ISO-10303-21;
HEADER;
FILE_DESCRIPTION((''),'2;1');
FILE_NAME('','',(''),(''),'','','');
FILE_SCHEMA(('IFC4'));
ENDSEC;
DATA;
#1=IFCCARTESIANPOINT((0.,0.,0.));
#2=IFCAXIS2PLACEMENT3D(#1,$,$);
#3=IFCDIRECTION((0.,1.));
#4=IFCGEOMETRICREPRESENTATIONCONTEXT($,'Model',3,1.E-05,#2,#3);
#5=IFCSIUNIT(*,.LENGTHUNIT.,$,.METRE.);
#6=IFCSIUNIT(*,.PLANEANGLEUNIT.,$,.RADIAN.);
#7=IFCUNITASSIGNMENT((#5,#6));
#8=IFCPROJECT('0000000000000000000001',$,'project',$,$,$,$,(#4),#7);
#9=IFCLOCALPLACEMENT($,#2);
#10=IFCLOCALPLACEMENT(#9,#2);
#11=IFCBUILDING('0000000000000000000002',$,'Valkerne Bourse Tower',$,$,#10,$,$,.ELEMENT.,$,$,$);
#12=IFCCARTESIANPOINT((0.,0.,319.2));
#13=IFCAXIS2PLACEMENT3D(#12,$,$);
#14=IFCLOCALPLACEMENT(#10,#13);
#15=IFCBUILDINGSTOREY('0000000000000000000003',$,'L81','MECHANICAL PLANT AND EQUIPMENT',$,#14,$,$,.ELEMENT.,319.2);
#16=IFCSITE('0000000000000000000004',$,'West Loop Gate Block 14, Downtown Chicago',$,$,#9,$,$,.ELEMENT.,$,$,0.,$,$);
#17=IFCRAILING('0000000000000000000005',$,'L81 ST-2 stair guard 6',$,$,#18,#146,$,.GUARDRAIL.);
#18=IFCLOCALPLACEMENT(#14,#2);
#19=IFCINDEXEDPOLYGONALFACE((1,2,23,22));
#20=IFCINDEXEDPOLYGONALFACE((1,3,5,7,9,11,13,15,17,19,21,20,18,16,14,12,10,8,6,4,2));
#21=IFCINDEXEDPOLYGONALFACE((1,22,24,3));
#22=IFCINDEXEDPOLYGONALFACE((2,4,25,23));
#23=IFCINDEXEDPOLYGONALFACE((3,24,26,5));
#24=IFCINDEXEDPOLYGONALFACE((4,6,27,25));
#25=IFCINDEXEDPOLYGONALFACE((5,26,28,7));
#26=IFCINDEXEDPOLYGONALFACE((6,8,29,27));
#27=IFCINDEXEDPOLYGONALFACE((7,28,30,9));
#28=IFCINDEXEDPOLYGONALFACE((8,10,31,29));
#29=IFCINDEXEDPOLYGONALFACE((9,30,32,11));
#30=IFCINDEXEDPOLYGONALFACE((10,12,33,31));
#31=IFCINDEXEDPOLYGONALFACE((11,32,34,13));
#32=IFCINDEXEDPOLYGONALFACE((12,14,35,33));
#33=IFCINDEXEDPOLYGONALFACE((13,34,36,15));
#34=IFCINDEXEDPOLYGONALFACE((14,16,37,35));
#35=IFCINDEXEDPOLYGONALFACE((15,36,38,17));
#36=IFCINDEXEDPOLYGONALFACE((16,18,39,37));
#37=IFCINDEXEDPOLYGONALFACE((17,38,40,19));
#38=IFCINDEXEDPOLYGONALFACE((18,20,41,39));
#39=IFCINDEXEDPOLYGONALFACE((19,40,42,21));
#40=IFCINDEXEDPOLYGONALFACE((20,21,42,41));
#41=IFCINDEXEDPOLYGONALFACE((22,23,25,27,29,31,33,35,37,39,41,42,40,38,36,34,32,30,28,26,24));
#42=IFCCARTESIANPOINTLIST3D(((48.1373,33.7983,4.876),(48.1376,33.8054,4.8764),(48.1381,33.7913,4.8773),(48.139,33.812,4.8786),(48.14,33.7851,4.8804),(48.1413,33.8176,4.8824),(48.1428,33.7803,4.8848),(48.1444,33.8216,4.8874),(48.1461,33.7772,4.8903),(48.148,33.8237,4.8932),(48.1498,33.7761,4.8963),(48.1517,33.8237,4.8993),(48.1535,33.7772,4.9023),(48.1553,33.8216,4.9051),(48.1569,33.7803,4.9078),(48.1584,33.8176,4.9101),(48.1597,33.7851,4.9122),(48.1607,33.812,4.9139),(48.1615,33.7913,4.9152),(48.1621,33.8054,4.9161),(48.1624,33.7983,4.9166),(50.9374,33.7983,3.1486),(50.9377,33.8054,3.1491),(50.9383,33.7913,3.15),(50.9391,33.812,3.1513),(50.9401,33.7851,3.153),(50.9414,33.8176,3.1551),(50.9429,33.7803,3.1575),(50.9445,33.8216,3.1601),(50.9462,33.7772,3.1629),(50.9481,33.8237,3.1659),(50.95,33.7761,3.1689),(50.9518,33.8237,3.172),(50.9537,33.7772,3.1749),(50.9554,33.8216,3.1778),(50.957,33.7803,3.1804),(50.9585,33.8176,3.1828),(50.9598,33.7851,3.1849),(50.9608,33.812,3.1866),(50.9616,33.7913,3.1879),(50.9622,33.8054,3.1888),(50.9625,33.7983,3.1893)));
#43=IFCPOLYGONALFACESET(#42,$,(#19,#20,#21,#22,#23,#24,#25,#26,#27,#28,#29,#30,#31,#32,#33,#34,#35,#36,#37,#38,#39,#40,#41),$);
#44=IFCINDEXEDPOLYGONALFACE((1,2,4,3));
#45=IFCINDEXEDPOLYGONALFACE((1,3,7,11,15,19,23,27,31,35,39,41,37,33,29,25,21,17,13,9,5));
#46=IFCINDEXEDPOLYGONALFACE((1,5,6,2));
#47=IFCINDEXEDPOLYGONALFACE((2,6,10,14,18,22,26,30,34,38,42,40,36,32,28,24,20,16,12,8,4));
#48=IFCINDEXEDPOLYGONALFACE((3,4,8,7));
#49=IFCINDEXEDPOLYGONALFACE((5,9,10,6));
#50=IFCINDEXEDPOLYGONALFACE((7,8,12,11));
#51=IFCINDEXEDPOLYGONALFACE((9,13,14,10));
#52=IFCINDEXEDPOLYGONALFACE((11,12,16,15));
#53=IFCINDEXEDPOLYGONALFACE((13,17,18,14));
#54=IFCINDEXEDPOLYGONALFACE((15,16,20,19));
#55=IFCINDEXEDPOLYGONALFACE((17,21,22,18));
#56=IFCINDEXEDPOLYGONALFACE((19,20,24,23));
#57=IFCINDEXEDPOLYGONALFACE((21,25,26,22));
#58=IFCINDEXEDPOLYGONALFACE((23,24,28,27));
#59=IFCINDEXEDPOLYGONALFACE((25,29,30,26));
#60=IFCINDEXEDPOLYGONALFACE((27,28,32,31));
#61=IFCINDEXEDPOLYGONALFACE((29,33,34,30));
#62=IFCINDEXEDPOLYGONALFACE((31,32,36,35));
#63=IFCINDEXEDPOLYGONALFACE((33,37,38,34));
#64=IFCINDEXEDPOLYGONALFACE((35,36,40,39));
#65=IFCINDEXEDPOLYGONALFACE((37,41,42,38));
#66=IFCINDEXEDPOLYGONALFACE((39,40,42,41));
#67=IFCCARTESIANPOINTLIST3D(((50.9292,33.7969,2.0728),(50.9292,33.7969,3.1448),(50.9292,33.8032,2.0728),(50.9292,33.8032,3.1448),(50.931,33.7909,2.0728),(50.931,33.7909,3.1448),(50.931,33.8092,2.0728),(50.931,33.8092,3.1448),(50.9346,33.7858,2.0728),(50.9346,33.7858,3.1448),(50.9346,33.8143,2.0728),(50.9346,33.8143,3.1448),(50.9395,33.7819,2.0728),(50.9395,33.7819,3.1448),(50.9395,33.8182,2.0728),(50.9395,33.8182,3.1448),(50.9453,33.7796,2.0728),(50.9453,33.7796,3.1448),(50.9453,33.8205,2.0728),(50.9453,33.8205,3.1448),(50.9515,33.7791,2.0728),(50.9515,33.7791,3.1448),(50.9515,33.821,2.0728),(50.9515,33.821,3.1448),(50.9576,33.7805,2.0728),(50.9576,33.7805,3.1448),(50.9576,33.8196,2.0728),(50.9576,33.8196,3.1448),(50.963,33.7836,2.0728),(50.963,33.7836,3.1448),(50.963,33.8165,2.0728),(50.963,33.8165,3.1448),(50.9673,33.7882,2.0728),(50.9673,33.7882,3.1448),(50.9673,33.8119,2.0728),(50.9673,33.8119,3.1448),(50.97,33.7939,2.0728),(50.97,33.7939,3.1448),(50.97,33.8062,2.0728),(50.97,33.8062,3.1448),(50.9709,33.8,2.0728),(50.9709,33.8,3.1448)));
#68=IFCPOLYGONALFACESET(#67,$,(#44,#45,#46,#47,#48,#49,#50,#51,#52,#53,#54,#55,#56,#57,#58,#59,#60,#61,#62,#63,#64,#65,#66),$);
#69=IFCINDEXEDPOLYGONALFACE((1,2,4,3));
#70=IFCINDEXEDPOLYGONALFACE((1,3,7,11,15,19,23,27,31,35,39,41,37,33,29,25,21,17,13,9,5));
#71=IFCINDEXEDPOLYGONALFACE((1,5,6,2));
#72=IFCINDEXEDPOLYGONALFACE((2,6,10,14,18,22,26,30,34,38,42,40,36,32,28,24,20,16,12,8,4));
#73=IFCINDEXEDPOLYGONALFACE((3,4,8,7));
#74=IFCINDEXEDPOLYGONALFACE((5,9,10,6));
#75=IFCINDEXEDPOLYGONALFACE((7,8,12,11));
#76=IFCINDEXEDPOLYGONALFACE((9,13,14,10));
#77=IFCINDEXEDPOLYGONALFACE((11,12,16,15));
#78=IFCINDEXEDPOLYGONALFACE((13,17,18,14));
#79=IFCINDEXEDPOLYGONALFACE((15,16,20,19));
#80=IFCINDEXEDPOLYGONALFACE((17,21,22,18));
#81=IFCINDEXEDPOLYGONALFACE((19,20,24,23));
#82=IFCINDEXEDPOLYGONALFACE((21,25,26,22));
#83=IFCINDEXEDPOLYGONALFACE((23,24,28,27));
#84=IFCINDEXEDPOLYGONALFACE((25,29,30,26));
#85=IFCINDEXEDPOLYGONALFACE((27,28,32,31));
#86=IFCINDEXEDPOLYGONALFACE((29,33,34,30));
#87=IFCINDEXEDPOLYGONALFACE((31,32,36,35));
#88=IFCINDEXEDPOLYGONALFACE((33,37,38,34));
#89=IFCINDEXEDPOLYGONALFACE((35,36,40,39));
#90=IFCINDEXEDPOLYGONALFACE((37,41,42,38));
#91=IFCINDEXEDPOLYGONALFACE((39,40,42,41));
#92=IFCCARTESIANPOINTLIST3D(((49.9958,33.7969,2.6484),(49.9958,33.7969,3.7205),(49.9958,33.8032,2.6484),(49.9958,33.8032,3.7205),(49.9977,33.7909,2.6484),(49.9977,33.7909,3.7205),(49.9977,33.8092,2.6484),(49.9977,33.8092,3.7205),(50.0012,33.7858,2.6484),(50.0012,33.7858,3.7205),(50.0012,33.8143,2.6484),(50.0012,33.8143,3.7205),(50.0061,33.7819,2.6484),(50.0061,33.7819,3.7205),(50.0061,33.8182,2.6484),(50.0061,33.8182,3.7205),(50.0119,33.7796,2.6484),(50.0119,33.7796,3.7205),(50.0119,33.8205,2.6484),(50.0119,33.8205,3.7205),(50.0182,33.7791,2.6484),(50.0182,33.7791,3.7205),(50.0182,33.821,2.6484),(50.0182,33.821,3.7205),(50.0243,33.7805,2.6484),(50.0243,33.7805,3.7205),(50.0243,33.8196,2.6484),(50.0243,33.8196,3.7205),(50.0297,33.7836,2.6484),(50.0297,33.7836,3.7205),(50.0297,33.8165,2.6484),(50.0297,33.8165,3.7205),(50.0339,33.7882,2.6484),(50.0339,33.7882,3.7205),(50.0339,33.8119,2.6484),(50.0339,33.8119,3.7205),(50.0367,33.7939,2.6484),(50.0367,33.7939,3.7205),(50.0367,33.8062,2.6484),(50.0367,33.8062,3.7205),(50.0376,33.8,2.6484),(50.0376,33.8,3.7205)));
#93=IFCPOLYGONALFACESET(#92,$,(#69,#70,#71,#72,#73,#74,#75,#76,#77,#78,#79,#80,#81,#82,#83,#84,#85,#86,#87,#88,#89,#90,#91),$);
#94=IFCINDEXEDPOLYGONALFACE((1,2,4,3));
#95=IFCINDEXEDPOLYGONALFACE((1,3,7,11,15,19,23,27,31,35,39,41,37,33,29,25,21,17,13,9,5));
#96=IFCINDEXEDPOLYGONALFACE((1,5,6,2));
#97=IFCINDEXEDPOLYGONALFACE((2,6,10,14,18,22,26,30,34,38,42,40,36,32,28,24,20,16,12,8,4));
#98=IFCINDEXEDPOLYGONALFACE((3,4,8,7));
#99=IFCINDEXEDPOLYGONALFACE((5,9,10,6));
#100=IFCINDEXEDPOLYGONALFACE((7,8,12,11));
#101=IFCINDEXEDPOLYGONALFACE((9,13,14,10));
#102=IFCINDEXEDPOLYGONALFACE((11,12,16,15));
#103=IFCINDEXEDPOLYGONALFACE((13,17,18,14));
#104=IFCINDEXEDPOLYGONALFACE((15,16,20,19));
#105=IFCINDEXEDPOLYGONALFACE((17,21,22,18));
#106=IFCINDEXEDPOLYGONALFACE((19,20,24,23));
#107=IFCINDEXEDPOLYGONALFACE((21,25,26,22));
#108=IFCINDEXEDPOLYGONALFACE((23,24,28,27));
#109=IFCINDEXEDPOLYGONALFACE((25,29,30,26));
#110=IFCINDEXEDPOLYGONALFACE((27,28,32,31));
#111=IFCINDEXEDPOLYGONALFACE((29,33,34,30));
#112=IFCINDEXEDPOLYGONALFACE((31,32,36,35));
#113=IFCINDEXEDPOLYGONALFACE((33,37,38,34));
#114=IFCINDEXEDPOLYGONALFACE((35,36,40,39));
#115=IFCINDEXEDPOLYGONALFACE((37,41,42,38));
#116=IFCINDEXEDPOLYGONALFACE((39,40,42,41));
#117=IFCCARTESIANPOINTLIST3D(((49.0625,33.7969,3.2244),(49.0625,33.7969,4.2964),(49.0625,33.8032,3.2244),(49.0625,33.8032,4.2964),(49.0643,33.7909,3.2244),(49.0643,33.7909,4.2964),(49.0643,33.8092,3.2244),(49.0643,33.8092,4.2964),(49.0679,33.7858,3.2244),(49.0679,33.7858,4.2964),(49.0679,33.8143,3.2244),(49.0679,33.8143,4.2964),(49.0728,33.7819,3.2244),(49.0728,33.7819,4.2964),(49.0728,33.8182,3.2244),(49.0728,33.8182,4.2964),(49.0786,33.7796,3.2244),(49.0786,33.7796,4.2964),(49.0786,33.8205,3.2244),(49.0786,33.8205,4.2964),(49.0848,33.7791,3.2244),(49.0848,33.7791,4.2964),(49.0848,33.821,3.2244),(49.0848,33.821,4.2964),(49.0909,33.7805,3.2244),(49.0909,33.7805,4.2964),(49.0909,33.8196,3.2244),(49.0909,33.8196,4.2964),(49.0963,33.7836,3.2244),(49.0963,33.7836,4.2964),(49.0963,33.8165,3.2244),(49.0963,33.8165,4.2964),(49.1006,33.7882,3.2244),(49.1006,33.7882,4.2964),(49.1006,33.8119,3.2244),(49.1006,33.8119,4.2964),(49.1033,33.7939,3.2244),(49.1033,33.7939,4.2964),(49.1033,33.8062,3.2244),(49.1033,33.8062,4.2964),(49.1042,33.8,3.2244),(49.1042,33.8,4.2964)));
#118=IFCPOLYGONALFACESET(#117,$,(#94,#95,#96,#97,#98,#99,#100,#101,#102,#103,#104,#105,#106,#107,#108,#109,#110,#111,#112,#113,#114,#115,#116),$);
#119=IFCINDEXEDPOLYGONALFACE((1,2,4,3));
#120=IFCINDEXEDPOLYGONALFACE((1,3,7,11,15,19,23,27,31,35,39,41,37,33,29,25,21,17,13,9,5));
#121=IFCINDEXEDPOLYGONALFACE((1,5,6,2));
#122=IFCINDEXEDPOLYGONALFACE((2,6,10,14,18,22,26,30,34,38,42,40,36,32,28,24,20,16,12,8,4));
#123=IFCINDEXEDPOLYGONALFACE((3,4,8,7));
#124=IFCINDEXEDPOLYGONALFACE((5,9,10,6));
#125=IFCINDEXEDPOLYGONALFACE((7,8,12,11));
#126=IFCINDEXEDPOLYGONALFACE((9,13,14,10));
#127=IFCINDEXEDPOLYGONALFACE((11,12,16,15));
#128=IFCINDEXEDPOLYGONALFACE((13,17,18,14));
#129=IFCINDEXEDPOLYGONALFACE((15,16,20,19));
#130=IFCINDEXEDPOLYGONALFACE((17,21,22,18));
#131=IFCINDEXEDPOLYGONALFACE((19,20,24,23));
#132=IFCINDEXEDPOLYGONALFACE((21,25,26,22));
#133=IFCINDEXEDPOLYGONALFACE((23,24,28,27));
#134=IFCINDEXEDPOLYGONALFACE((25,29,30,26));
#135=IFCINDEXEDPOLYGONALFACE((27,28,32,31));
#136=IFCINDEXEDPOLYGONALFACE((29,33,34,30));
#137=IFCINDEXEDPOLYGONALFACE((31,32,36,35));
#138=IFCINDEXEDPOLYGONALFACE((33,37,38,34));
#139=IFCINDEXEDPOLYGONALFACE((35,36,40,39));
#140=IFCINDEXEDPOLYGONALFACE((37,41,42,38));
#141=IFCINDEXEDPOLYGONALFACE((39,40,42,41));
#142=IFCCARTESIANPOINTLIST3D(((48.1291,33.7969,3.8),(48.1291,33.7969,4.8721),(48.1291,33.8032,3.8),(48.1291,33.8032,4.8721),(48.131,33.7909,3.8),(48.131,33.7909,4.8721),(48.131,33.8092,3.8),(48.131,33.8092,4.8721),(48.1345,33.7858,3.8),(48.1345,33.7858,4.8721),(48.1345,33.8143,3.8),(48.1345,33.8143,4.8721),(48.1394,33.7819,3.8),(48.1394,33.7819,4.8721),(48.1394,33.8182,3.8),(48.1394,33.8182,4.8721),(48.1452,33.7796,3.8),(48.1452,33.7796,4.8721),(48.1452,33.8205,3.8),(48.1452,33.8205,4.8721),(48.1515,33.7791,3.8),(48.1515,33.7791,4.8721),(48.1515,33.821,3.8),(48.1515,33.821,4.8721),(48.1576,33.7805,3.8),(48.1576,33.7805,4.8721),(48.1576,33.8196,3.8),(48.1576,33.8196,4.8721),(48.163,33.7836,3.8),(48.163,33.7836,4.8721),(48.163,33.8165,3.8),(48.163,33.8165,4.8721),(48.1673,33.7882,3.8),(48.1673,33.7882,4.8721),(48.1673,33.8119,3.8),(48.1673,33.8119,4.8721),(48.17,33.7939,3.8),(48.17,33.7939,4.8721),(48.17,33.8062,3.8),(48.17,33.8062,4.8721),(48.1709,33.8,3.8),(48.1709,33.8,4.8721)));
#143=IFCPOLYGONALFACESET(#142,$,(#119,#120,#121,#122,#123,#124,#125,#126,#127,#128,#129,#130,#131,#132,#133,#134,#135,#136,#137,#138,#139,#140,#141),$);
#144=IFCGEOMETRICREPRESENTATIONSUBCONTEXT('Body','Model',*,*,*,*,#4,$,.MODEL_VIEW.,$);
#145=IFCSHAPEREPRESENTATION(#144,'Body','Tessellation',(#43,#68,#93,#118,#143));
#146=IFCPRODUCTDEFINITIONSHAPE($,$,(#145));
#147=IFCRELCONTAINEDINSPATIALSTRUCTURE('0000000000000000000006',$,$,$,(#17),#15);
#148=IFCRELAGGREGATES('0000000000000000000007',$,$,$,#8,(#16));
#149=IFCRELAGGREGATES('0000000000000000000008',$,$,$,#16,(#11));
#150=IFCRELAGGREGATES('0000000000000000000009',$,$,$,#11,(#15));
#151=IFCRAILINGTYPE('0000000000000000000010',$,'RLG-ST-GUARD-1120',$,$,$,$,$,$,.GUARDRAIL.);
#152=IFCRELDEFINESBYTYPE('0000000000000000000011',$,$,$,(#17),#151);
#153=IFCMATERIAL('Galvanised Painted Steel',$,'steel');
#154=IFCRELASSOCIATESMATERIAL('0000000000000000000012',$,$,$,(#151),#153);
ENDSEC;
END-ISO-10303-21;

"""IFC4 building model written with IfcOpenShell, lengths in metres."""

from ifc_helpers import new_model, si_unit, direction, frame, origin, origin_2d, place, context, subcontext, project, spatial, circle, extrude, material, type_object, element, save


model = new_model("IFC4")

# Units and contexts
model_context = context("Model", 3, precision=1e-05, world=origin(), true_north=direction((0.0, 1.0)))
body_context = subcontext(model_context, "Body", "Model", "MODEL_VIEW")
ifc_project = project(units=[si_unit("LENGTHUNIT", "METRE"), si_unit("PLANEANGLEUNIT", "RADIAN")], contexts=[model_context])

# Site, building, storey
site_placement = place(None, origin())
site = spatial("IfcSite", under=ifc_project, at=site_placement, Name="West Loop Gate Block 14, Downtown Chicago", CompositionType="ELEMENT", RefElevation=0.0)
building_placement = place(site_placement, origin())
building = spatial("IfcBuilding", under=site, at=building_placement, Name="Valkerne Bourse Tower", CompositionType="ELEMENT")
storey_placement = place(building_placement, frame((0.0, 0.0, 319.2)))
storey = spatial("IfcBuildingStorey", under=building, at=storey_placement, Name="L81", Description="MECHANICAL PLANT AND EQUIPMENT", CompositionType="ELEMENT", Elevation=319.2)

# Shared definitions
ifc_material_1 = material(Name="Galvanised Painted Steel", Category="steel")

# Railing
railing_type_1 = type_object("IfcRailingType", Name="RLG-ST-GUARD-1120", PredefinedType="GUARDRAIL", material=ifc_material_1)
railing_1_placement = place(storey_placement, frame((50.95, 33.8, 2.0728)))
element("IfcRailing", 1, at=railing_1_placement, inside=storey, type_object=railing_type_1, Name="L81 ST-2 stair guard 6", PredefinedType="GUARDRAIL", context=body_context, shape_type="SweptSolid", body=[
    extrude(circle(Radius=0.0239, at=origin_2d()), frame((0.0, 0.0, 1.0962), z_axis=(-0.85109, 0.0, 0.52502), x_axis=(0.0, -1.0, 0.0)), (0.0, 0.0, 1.0), 3.29),
    extrude(circle(Radius=0.021, at=origin_2d()), origin(), (0.0, 0.0, 1.0), 1.072),
    extrude(circle(Radius=0.021, at=origin_2d()), frame((-0.9333, 0.0, 0.5757)), (0.0, 0.0, 1.0), 1.072),
    extrude(circle(Radius=0.021, at=origin_2d()), frame((-1.8667, 0.0, 1.1516)), (0.0, 0.0, 1.0), 1.072),
    extrude(circle(Radius=0.021, at=origin_2d()), frame((-2.8, 0.0, 1.7273)), (0.0, 0.0, 1.0), 1.072),
])

save(model, "model.ifc")
